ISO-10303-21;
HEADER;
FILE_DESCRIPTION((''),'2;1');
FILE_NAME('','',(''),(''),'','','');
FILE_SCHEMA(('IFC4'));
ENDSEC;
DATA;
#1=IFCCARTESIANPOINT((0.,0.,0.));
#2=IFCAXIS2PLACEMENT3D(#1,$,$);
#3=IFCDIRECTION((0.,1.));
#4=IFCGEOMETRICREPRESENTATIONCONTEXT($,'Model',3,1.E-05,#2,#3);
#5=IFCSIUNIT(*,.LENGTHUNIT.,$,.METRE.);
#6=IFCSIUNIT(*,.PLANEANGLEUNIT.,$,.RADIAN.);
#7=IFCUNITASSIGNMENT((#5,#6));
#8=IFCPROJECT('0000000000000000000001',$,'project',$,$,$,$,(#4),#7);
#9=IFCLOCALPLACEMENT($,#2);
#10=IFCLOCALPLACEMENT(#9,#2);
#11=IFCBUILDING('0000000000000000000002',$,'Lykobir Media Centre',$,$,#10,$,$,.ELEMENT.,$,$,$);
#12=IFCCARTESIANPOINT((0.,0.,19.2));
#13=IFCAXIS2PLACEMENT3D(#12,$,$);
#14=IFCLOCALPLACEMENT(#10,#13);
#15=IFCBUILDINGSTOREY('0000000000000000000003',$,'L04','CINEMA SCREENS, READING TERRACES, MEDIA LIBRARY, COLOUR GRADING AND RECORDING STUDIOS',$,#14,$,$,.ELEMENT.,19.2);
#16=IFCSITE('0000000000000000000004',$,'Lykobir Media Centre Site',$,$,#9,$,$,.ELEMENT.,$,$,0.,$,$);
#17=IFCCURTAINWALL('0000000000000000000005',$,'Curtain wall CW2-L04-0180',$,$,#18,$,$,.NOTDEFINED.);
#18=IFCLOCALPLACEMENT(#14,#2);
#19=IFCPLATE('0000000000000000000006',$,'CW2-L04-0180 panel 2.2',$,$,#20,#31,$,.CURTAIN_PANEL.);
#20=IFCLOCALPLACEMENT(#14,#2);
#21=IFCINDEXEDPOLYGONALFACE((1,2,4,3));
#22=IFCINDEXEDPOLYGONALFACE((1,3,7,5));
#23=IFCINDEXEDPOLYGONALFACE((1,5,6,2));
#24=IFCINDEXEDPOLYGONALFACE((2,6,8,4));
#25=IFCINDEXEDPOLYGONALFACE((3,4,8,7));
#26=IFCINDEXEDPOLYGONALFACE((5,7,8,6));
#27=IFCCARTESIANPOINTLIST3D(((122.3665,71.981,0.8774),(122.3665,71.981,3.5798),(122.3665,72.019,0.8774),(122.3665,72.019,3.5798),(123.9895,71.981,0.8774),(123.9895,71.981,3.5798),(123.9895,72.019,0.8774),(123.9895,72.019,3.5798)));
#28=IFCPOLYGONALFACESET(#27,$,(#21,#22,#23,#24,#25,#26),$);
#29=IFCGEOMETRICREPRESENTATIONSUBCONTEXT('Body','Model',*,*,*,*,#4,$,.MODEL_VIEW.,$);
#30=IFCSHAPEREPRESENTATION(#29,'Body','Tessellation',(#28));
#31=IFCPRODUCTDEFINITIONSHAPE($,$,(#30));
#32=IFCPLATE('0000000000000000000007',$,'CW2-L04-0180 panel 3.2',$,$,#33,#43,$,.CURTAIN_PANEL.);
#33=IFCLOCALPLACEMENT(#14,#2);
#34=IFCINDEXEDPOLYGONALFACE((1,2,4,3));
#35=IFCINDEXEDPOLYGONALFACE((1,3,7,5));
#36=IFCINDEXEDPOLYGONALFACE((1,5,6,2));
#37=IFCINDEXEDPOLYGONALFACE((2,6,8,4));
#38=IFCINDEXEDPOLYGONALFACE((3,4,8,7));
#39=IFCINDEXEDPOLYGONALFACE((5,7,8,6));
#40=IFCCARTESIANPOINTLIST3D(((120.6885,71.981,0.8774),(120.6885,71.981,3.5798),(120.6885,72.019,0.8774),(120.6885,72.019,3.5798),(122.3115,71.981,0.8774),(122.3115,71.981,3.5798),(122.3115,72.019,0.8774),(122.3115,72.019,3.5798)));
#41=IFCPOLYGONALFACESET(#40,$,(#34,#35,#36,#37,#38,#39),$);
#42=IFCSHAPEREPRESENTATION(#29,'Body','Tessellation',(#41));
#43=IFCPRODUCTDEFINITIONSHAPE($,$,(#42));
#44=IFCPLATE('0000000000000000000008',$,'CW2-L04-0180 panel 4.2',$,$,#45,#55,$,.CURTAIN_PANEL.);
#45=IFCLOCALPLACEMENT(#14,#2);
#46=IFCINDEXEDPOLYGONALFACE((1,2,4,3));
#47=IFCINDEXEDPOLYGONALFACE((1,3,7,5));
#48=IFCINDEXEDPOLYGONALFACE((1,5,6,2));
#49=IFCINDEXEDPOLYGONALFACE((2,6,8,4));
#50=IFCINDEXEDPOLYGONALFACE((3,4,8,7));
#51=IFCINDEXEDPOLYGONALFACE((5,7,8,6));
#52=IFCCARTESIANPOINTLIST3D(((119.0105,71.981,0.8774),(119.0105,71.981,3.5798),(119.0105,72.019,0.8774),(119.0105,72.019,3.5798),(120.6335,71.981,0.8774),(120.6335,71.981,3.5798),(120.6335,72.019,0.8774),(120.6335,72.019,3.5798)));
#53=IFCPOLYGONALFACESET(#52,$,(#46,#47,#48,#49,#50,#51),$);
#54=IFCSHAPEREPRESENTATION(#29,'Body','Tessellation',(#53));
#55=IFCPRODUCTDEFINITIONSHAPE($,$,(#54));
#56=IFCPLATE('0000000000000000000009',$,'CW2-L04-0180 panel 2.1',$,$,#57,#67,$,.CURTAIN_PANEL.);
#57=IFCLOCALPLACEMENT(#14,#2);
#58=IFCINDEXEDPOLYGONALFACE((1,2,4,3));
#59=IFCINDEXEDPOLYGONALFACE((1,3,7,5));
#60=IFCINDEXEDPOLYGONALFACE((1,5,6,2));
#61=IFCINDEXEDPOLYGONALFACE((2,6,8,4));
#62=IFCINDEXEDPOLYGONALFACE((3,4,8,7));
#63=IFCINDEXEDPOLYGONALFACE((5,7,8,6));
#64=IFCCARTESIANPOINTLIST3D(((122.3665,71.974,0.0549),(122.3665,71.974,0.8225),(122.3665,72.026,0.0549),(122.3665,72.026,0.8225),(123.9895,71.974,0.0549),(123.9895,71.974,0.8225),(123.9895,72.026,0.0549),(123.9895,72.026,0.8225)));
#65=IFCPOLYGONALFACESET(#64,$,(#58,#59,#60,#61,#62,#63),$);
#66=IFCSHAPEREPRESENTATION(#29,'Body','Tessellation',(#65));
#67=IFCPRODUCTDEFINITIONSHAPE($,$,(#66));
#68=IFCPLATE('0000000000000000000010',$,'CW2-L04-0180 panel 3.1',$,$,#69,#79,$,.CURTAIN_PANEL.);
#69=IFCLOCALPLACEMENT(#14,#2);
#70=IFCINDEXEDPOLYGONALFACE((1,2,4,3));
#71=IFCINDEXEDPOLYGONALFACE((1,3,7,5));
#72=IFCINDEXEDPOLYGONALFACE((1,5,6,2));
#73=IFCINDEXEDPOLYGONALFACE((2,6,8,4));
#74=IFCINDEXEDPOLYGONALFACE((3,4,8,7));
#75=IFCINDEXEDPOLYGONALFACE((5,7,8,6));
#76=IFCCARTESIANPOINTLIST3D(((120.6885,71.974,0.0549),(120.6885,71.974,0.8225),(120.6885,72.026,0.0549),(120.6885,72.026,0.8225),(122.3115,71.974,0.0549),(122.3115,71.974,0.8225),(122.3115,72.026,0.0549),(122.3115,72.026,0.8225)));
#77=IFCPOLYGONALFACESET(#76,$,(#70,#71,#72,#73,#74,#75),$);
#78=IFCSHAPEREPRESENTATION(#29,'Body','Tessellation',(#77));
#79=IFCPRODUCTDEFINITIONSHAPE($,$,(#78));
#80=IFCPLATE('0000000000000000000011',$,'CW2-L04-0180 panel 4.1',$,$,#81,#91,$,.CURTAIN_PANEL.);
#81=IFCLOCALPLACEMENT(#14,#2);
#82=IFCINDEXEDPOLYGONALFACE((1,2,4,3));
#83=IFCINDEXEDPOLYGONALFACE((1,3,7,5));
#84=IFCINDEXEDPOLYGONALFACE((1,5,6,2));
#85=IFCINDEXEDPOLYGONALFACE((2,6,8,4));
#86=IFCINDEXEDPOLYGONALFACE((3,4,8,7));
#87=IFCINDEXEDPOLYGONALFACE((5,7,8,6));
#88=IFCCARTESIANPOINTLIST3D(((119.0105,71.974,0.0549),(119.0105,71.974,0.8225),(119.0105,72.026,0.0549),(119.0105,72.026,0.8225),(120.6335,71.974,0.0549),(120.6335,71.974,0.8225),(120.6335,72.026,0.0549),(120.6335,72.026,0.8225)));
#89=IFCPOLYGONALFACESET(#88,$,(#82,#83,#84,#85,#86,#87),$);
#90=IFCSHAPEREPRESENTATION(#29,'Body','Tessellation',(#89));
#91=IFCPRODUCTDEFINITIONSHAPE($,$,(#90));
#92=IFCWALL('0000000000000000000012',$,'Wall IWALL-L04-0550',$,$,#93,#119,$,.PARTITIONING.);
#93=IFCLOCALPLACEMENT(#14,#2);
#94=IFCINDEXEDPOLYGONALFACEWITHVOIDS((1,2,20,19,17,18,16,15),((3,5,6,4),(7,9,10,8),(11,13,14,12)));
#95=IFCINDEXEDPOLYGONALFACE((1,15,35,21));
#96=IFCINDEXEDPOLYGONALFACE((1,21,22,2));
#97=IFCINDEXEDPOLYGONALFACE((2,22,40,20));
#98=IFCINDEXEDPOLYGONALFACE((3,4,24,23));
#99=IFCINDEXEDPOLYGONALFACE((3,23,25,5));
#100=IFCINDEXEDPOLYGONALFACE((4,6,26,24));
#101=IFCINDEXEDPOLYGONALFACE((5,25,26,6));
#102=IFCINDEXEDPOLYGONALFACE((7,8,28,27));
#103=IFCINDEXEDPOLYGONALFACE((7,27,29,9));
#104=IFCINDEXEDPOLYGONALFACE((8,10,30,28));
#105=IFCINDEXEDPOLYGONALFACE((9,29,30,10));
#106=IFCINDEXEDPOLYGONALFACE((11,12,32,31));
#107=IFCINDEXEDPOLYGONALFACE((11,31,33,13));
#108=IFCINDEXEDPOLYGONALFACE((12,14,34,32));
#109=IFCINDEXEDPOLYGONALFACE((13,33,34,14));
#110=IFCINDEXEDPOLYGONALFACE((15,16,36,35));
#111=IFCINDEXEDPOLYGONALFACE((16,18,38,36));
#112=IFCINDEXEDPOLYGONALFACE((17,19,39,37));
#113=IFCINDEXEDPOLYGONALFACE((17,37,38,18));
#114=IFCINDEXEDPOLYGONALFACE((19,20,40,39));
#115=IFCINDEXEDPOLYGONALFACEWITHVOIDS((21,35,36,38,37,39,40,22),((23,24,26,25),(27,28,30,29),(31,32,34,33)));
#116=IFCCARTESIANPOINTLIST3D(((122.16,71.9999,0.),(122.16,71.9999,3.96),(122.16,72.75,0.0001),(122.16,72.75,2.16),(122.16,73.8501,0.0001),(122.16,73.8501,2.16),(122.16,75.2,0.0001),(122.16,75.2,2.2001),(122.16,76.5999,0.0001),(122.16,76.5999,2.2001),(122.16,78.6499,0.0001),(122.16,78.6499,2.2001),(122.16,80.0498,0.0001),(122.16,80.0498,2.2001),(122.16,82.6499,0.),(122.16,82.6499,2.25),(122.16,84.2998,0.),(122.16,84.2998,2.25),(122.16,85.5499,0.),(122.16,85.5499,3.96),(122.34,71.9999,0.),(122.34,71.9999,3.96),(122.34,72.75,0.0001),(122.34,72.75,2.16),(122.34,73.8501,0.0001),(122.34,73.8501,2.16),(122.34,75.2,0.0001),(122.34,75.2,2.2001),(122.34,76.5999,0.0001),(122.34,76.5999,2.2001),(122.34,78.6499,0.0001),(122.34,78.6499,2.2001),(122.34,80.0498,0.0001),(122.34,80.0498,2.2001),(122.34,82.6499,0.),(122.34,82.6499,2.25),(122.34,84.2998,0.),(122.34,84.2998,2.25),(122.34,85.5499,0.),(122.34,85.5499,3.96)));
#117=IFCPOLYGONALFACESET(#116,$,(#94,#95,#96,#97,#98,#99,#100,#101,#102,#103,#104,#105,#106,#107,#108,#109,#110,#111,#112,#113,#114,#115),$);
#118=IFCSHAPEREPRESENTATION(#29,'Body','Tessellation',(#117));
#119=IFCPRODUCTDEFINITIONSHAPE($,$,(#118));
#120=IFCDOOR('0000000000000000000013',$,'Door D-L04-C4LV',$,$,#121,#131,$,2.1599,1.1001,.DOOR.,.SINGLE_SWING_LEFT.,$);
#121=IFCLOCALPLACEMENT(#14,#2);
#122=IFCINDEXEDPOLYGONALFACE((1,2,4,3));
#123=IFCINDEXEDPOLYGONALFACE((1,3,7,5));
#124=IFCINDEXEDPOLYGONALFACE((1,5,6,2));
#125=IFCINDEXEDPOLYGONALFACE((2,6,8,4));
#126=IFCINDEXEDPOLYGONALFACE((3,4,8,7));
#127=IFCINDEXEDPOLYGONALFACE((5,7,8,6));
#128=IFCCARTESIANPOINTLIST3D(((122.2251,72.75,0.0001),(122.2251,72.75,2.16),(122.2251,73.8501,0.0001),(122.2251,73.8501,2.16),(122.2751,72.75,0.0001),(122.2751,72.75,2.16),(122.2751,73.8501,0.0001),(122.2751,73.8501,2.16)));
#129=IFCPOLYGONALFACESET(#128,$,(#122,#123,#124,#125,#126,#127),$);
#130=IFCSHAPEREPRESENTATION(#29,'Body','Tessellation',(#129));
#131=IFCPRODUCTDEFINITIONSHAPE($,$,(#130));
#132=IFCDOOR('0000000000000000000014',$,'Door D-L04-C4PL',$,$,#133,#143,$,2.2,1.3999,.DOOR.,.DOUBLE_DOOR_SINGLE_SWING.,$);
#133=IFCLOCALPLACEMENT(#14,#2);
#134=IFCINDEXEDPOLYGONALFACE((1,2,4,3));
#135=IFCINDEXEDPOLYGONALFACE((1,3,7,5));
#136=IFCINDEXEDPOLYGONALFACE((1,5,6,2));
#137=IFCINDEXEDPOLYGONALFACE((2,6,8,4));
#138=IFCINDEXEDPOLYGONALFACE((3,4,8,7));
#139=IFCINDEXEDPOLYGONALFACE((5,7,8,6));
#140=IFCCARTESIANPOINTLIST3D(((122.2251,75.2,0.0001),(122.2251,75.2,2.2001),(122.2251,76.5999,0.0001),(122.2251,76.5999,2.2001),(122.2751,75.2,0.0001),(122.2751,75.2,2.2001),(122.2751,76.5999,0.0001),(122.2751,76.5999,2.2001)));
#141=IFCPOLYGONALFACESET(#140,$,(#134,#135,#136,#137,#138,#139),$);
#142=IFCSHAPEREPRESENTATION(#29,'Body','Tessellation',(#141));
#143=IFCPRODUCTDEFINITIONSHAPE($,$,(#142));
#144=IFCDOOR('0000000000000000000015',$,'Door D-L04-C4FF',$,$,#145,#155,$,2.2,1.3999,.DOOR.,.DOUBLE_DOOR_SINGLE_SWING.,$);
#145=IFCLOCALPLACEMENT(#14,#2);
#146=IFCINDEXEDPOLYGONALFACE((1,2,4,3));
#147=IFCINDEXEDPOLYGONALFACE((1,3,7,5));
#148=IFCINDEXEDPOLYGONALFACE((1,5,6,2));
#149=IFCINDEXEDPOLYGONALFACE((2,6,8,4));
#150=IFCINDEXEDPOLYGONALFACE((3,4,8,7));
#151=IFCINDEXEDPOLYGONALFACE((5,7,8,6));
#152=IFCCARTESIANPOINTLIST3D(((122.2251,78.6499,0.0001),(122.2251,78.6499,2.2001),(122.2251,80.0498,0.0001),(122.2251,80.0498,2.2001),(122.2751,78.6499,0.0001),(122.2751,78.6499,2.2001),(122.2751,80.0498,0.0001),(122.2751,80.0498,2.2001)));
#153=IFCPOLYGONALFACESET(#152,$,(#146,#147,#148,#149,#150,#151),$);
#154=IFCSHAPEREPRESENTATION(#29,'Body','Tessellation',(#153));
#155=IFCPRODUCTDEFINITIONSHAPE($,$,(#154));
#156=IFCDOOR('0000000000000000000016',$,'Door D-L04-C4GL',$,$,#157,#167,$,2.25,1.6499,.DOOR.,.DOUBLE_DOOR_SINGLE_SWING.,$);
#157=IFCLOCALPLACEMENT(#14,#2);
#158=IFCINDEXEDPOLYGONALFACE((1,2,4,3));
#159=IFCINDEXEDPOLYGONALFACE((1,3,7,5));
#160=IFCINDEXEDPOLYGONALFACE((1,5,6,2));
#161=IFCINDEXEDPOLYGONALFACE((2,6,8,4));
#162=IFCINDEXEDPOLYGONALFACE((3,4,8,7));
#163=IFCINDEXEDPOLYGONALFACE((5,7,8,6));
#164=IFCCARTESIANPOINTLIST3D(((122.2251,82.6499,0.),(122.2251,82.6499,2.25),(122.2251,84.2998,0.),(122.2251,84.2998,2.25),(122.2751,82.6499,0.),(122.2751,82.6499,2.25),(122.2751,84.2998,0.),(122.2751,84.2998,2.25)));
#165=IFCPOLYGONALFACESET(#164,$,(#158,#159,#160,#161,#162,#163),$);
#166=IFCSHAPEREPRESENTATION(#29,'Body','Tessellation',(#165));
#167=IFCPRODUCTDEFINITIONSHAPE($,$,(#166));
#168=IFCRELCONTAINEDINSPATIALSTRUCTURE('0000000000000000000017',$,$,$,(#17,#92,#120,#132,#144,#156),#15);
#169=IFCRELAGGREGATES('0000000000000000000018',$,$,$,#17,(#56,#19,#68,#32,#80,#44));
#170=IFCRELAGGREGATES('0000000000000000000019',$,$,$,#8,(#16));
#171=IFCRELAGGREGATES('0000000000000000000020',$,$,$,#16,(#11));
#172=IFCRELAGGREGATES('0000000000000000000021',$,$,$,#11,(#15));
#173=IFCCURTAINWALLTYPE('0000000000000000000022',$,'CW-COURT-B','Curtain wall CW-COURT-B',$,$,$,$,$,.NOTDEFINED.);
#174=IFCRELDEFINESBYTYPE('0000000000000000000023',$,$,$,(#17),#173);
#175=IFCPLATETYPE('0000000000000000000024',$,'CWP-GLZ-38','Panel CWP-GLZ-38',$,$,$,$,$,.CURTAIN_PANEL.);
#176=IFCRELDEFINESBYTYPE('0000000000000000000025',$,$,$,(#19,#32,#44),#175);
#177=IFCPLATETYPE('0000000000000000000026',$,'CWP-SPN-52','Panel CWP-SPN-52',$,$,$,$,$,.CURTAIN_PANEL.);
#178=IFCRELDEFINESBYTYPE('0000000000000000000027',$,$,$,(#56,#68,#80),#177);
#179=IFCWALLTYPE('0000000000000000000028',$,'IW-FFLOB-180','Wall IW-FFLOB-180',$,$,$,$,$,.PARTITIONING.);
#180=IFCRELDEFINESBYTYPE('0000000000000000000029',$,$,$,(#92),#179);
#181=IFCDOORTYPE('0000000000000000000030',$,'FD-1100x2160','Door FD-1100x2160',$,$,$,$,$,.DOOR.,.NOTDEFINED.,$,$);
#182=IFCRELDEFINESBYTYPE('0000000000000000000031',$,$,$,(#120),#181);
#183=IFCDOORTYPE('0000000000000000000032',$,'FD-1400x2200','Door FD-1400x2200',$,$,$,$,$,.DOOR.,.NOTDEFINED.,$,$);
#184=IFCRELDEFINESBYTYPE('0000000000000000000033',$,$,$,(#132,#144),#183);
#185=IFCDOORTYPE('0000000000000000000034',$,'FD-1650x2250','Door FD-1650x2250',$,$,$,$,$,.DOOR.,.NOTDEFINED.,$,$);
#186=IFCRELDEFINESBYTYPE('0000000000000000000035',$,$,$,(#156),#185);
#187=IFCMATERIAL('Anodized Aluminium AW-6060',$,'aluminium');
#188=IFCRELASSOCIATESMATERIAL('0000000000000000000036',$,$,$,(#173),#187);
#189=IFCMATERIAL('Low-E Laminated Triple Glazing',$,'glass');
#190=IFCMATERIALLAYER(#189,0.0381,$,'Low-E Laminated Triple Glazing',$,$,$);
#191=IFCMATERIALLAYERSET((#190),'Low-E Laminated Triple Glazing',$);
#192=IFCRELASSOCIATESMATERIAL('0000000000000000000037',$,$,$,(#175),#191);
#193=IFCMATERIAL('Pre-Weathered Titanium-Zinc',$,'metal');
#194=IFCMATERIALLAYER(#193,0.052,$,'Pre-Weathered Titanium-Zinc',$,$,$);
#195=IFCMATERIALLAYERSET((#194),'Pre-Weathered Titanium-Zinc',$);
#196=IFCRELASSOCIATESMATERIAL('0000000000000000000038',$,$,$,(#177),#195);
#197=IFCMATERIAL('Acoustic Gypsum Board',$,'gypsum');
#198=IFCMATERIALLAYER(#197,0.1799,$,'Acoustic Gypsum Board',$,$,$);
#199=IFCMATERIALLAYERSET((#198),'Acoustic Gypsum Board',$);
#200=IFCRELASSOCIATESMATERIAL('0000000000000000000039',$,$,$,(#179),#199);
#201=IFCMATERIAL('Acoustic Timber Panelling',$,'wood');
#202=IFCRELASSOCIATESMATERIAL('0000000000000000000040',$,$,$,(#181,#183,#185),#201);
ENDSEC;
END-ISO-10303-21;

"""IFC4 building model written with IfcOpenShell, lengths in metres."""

from ifc_helpers import new_model, si_unit, direction, frame, frame_2d, origin, origin_2d, place, context, subcontext, project, spatial, rectangle, extrude, material, layer, layer_set, type_object, element, fill, aggregate, save


model = new_model("IFC4")

# Units and contexts
model_context = context("Model", 3, precision=1e-05, world=origin(), true_north=direction((0.0, 1.0)))
body_context = subcontext(model_context, "Body", "Model", "MODEL_VIEW")
ifc_project = project(units=[si_unit("LENGTHUNIT", "METRE"), si_unit("PLANEANGLEUNIT", "RADIAN")], contexts=[model_context])

# Site, building, storey
site_placement = place(None, origin())
site = spatial("IfcSite", under=ifc_project, at=site_placement, Name="Lykobir Media Centre Site", CompositionType="ELEMENT", RefElevation=0.0)
building_placement = place(site_placement, origin())
building = spatial("IfcBuilding", under=site, at=building_placement, Name="Lykobir Media Centre", CompositionType="ELEMENT")
storey_placement = place(building_placement, frame((0.0, 0.0, 19.2)))
storey = spatial("IfcBuildingStorey", under=building, at=storey_placement, Name="L04", Description="CINEMA SCREENS, READING TERRACES, MEDIA LIBRARY, COLOUR GRADING AND RECORDING STUDIOS", CompositionType="ELEMENT", Elevation=19.2)

# Curtain wall, plates
ifc_material_1 = material(Name="Anodized Aluminium AW-6060", Category="aluminium")
curtain_wall_type = type_object("IfcCurtainWallType", Name="CW-COURT-B", Description="Curtain wall CW-COURT-B", PredefinedType="NOTDEFINED", material=ifc_material_1)
curtain_wall_placement = place(storey_placement, origin())
curtain_wall = element("IfcCurtainWall", 1, at=curtain_wall_placement, inside=storey, type_object=curtain_wall_type, Name="Curtain wall CW2-L04-0180", PredefinedType="NOTDEFINED")
ifc_material_2 = material(Name="Low-E Laminated Triple Glazing", Category="glass")
ifc_layer_1 = layer(ifc_material_2, 0.0381, Name="Low-E Laminated Triple Glazing")
ifc_layer_set_1 = layer_set([ifc_layer_1], Name="Low-E Laminated Triple Glazing")
plate_type_1 = type_object("IfcPlateType", Name="CWP-GLZ-38", Description="Panel CWP-GLZ-38", PredefinedType="CURTAIN_PANEL", material=ifc_layer_set_1)
plate_1_placement = place(storey_placement, frame((123.178, 72.0, 0.8774), z_axis=(0.0, 0.0, 1.0), x_axis=(-1.0, 0.0, 0.0)))
plate_1 = element("IfcPlate", 2, at=plate_1_placement, type_object=plate_type_1, Name="CW2-L04-0180 panel 2.2", PredefinedType="CURTAIN_PANEL", context=body_context, shape_type="SweptSolid", body=[
    extrude(rectangle(XDim=1.623, YDim=0.0381, at=origin_2d()), origin(), (0.0, 0.0, 1.0), 2.7024),
])
plate_2_placement = place(storey_placement, frame((121.5, 72.0, 0.8774), z_axis=(0.0, 0.0, 1.0), x_axis=(-1.0, 0.0, 0.0)))
plate_2 = element("IfcPlate", 3, at=plate_2_placement, type_object=plate_type_1, Name="CW2-L04-0180 panel 3.2", PredefinedType="CURTAIN_PANEL", context=body_context, shape_type="SweptSolid", body=[
    extrude(rectangle(XDim=1.623, YDim=0.0381, at=origin_2d()), origin(), (0.0, 0.0, 1.0), 2.7024),
])
plate_3_placement = place(storey_placement, frame((119.822, 72.0, 0.8774), z_axis=(0.0, 0.0, 1.0), x_axis=(-1.0, 0.0, 0.0)))
plate_3 = element("IfcPlate", 4, at=plate_3_placement, type_object=plate_type_1, Name="CW2-L04-0180 panel 4.2", PredefinedType="CURTAIN_PANEL", context=body_context, shape_type="SweptSolid", body=[
    extrude(rectangle(XDim=1.623, YDim=0.0381, at=origin_2d()), origin(), (0.0, 0.0, 1.0), 2.7024),
])
ifc_material_3 = material(Name="Pre-Weathered Titanium-Zinc", Category="metal")
ifc_layer_2 = layer(ifc_material_3, 0.052, Name="Pre-Weathered Titanium-Zinc")
ifc_layer_set_2 = layer_set([ifc_layer_2], Name="Pre-Weathered Titanium-Zinc")
plate_type_2 = type_object("IfcPlateType", Name="CWP-SPN-52", Description="Panel CWP-SPN-52", PredefinedType="CURTAIN_PANEL", material=ifc_layer_set_2)
plate_4_placement = place(storey_placement, frame((123.178, 72.0, 0.0549), z_axis=(0.0, 0.0, 1.0), x_axis=(-1.0, 0.0, 0.0)))
plate_4 = element("IfcPlate", 5, at=plate_4_placement, type_object=plate_type_2, Name="CW2-L04-0180 panel 2.1", PredefinedType="CURTAIN_PANEL", context=body_context, shape_type="SweptSolid", body=[
    extrude(rectangle(XDim=1.623, YDim=0.052, at=origin_2d()), origin(), (0.0, 0.0, 1.0), 0.7676),
])
plate_5_placement = place(storey_placement, frame((121.5, 72.0, 0.0549), z_axis=(0.0, 0.0, 1.0), x_axis=(-1.0, 0.0, 0.0)))
plate_5 = element("IfcPlate", 6, at=plate_5_placement, type_object=plate_type_2, Name="CW2-L04-0180 panel 3.1", PredefinedType="CURTAIN_PANEL", context=body_context, shape_type="SweptSolid", body=[
    extrude(rectangle(XDim=1.623, YDim=0.052, at=origin_2d()), origin(), (0.0, 0.0, 1.0), 0.7676),
])
plate_6_placement = place(storey_placement, frame((119.822, 72.0, 0.0549), z_axis=(0.0, 0.0, 1.0), x_axis=(-1.0, 0.0, 0.0)))
plate_6 = element("IfcPlate", 7, at=plate_6_placement, type_object=plate_type_2, Name="CW2-L04-0180 panel 4.1", PredefinedType="CURTAIN_PANEL", context=body_context, shape_type="SweptSolid", body=[
    extrude(rectangle(XDim=1.623, YDim=0.052, at=origin_2d()), origin(), (0.0, 0.0, 1.0), 0.7676),
])
aggregate(curtain_wall, [plate_4, plate_1, plate_5, plate_2, plate_6, plate_3])

# Wall, openings, doors
ifc_material_4 = material(Name="Acoustic Gypsum Board", Category="gypsum")
ifc_layer_3 = layer(ifc_material_4, 0.1799, Name="Acoustic Gypsum Board")
ifc_layer_set_3 = layer_set([ifc_layer_3], Name="Acoustic Gypsum Board")
wall_type = type_object("IfcWallType", Name="IW-FFLOB-180", Description="Wall IW-FFLOB-180", PredefinedType="PARTITIONING", material=ifc_layer_set_3)
wall_placement = place(storey_placement, frame((122.25, 72.0, 0.0), z_axis=(0.0, 0.0, 1.0), x_axis=(0.0, 1.0, 0.0)))
wall = element("IfcWall", 8, at=wall_placement, inside=storey, type_object=wall_type, Name="Wall IWALL-L04-0550", PredefinedType="PARTITIONING", context=body_context, shape_type="SweptSolid", body=[
    extrude(rectangle(XDim=13.55, YDim=0.1799, at=frame_2d((6.7749, 0.0))), origin(), (0.0, 0.0, 1.0), 3.96),
])
opening_1_placement = place(wall_placement, frame((0.75, 0.0, 0.0)))
opening_1 = element("IfcOpeningElement", 9, at=opening_1_placement, cuts=wall, PredefinedType="OPENING", context=body_context, shape_type="SweptSolid", body=[
    extrude(rectangle(XDim=1.1001, YDim=2.1599, at=frame_2d((0.55, 1.0801))), frame((0.0, 0.0999, 0.0), z_axis=(0.0, -1.0, 0.0), x_axis=(1.0, 0.0, 0.0)), (0.0, 0.0, 1.0), 0.2),
])
opening_2_placement = place(wall_placement, frame((3.2, 0.0, 0.0)))
opening_2 = element("IfcOpeningElement", 10, at=opening_2_placement, cuts=wall, PredefinedType="OPENING", context=body_context, shape_type="SweptSolid", body=[
    extrude(rectangle(XDim=1.3999, YDim=2.2, at=frame_2d((0.7, 1.1001))), frame((0.0, 0.0999, 0.0), z_axis=(0.0, -1.0, 0.0), x_axis=(1.0, 0.0, 0.0)), (0.0, 0.0, 1.0), 0.2),
])
opening_3_placement = place(wall_placement, frame((6.6499, 0.0, 0.0)))
opening_3 = element("IfcOpeningElement", 11, at=opening_3_placement, cuts=wall, PredefinedType="OPENING", context=body_context, shape_type="SweptSolid", body=[
    extrude(rectangle(XDim=1.3999, YDim=2.2, at=frame_2d((0.7, 1.1001))), frame((0.0, 0.0999, 0.0), z_axis=(0.0, -1.0, 0.0), x_axis=(1.0, 0.0, 0.0)), (0.0, 0.0, 1.0), 0.2),
])
opening_4_placement = place(wall_placement, frame((10.6499, 0.0, 0.0)))
opening_4 = element("IfcOpeningElement", 12, at=opening_4_placement, cuts=wall, PredefinedType="OPENING", context=body_context, shape_type="SweptSolid", body=[
    extrude(rectangle(XDim=1.6499, YDim=2.25, at=frame_2d((0.825, 1.125))), frame((0.0, 0.0999, 0.0), z_axis=(0.0, -1.0, 0.0), x_axis=(1.0, 0.0, 0.0)), (0.0, 0.0, 1.0), 0.2),
])
ifc_material_5 = material(Name="Acoustic Timber Panelling", Category="wood")
door_type_1 = type_object("IfcDoorType", Name="FD-1100x2160", Description="Door FD-1100x2160", OperationType="NOTDEFINED", PredefinedType="DOOR", material=ifc_material_5)
door_1_placement = place(opening_1_placement, origin())
door_1 = element("IfcDoor", 13, at=door_1_placement, inside=storey, type_object=door_type_1, Name="Door D-L04-C4LV", OperationType="SINGLE_SWING_LEFT", OverallHeight=2.1599, OverallWidth=1.1001, PredefinedType="DOOR", context=body_context, shape_type="SweptSolid", body=[
    extrude(rectangle(XDim=1.1001, YDim=2.1599, at=frame_2d((0.55, 1.0801))), frame((0.0, 0.0249, 0.0), z_axis=(0.0, -1.0, 0.0), x_axis=(1.0, 0.0, 0.0)), (0.0, 0.0, 1.0), 0.05),
])
fill(opening_1, door_1)
door_type_2 = type_object("IfcDoorType", Name="FD-1400x2200", Description="Door FD-1400x2200", OperationType="NOTDEFINED", PredefinedType="DOOR", material=ifc_material_5)
door_2_placement = place(opening_2_placement, origin())
door_2 = element("IfcDoor", 14, at=door_2_placement, inside=storey, type_object=door_type_2, Name="Door D-L04-C4PL", OperationType="DOUBLE_DOOR_SINGLE_SWING", OverallHeight=2.2, OverallWidth=1.3999, PredefinedType="DOOR", context=body_context, shape_type="SweptSolid", body=[
    extrude(rectangle(XDim=1.3999, YDim=2.2, at=frame_2d((0.7, 1.1001))), frame((0.0, 0.0249, 0.0), z_axis=(0.0, -1.0, 0.0), x_axis=(1.0, 0.0, 0.0)), (0.0, 0.0, 1.0), 0.05),
])
fill(opening_2, door_2)
door_3_placement = place(opening_3_placement, origin())
door_3 = element("IfcDoor", 15, at=door_3_placement, inside=storey, type_object=door_type_2, Name="Door D-L04-C4FF", OperationType="DOUBLE_DOOR_SINGLE_SWING", OverallHeight=2.2, OverallWidth=1.3999, PredefinedType="DOOR", context=body_context, shape_type="SweptSolid", body=[
    extrude(rectangle(XDim=1.3999, YDim=2.2, at=frame_2d((0.7, 1.1001))), frame((0.0, 0.0249, 0.0), z_axis=(0.0, -1.0, 0.0), x_axis=(1.0, 0.0, 0.0)), (0.0, 0.0, 1.0), 0.05),
])
fill(opening_3, door_3)
door_type_3 = type_object("IfcDoorType", Name="FD-1650x2250", Description="Door FD-1650x2250", OperationType="NOTDEFINED", PredefinedType="DOOR", material=ifc_material_5)
door_4_placement = place(opening_4_placement, origin())
door_4 = element("IfcDoor", 16, at=door_4_placement, inside=storey, type_object=door_type_3, Name="Door D-L04-C4GL", OperationType="DOUBLE_DOOR_SINGLE_SWING", OverallHeight=2.25, OverallWidth=1.6499, PredefinedType="DOOR", context=body_context, shape_type="SweptSolid", body=[
    extrude(rectangle(XDim=1.6499, YDim=2.25, at=frame_2d((0.825, 1.125))), frame((0.0, 0.0249, 0.0), z_axis=(0.0, -1.0, 0.0), x_axis=(1.0, 0.0, 0.0)), (0.0, 0.0, 1.0), 0.05),
])
fill(opening_4, door_4)

save(model, "model.ifc")
